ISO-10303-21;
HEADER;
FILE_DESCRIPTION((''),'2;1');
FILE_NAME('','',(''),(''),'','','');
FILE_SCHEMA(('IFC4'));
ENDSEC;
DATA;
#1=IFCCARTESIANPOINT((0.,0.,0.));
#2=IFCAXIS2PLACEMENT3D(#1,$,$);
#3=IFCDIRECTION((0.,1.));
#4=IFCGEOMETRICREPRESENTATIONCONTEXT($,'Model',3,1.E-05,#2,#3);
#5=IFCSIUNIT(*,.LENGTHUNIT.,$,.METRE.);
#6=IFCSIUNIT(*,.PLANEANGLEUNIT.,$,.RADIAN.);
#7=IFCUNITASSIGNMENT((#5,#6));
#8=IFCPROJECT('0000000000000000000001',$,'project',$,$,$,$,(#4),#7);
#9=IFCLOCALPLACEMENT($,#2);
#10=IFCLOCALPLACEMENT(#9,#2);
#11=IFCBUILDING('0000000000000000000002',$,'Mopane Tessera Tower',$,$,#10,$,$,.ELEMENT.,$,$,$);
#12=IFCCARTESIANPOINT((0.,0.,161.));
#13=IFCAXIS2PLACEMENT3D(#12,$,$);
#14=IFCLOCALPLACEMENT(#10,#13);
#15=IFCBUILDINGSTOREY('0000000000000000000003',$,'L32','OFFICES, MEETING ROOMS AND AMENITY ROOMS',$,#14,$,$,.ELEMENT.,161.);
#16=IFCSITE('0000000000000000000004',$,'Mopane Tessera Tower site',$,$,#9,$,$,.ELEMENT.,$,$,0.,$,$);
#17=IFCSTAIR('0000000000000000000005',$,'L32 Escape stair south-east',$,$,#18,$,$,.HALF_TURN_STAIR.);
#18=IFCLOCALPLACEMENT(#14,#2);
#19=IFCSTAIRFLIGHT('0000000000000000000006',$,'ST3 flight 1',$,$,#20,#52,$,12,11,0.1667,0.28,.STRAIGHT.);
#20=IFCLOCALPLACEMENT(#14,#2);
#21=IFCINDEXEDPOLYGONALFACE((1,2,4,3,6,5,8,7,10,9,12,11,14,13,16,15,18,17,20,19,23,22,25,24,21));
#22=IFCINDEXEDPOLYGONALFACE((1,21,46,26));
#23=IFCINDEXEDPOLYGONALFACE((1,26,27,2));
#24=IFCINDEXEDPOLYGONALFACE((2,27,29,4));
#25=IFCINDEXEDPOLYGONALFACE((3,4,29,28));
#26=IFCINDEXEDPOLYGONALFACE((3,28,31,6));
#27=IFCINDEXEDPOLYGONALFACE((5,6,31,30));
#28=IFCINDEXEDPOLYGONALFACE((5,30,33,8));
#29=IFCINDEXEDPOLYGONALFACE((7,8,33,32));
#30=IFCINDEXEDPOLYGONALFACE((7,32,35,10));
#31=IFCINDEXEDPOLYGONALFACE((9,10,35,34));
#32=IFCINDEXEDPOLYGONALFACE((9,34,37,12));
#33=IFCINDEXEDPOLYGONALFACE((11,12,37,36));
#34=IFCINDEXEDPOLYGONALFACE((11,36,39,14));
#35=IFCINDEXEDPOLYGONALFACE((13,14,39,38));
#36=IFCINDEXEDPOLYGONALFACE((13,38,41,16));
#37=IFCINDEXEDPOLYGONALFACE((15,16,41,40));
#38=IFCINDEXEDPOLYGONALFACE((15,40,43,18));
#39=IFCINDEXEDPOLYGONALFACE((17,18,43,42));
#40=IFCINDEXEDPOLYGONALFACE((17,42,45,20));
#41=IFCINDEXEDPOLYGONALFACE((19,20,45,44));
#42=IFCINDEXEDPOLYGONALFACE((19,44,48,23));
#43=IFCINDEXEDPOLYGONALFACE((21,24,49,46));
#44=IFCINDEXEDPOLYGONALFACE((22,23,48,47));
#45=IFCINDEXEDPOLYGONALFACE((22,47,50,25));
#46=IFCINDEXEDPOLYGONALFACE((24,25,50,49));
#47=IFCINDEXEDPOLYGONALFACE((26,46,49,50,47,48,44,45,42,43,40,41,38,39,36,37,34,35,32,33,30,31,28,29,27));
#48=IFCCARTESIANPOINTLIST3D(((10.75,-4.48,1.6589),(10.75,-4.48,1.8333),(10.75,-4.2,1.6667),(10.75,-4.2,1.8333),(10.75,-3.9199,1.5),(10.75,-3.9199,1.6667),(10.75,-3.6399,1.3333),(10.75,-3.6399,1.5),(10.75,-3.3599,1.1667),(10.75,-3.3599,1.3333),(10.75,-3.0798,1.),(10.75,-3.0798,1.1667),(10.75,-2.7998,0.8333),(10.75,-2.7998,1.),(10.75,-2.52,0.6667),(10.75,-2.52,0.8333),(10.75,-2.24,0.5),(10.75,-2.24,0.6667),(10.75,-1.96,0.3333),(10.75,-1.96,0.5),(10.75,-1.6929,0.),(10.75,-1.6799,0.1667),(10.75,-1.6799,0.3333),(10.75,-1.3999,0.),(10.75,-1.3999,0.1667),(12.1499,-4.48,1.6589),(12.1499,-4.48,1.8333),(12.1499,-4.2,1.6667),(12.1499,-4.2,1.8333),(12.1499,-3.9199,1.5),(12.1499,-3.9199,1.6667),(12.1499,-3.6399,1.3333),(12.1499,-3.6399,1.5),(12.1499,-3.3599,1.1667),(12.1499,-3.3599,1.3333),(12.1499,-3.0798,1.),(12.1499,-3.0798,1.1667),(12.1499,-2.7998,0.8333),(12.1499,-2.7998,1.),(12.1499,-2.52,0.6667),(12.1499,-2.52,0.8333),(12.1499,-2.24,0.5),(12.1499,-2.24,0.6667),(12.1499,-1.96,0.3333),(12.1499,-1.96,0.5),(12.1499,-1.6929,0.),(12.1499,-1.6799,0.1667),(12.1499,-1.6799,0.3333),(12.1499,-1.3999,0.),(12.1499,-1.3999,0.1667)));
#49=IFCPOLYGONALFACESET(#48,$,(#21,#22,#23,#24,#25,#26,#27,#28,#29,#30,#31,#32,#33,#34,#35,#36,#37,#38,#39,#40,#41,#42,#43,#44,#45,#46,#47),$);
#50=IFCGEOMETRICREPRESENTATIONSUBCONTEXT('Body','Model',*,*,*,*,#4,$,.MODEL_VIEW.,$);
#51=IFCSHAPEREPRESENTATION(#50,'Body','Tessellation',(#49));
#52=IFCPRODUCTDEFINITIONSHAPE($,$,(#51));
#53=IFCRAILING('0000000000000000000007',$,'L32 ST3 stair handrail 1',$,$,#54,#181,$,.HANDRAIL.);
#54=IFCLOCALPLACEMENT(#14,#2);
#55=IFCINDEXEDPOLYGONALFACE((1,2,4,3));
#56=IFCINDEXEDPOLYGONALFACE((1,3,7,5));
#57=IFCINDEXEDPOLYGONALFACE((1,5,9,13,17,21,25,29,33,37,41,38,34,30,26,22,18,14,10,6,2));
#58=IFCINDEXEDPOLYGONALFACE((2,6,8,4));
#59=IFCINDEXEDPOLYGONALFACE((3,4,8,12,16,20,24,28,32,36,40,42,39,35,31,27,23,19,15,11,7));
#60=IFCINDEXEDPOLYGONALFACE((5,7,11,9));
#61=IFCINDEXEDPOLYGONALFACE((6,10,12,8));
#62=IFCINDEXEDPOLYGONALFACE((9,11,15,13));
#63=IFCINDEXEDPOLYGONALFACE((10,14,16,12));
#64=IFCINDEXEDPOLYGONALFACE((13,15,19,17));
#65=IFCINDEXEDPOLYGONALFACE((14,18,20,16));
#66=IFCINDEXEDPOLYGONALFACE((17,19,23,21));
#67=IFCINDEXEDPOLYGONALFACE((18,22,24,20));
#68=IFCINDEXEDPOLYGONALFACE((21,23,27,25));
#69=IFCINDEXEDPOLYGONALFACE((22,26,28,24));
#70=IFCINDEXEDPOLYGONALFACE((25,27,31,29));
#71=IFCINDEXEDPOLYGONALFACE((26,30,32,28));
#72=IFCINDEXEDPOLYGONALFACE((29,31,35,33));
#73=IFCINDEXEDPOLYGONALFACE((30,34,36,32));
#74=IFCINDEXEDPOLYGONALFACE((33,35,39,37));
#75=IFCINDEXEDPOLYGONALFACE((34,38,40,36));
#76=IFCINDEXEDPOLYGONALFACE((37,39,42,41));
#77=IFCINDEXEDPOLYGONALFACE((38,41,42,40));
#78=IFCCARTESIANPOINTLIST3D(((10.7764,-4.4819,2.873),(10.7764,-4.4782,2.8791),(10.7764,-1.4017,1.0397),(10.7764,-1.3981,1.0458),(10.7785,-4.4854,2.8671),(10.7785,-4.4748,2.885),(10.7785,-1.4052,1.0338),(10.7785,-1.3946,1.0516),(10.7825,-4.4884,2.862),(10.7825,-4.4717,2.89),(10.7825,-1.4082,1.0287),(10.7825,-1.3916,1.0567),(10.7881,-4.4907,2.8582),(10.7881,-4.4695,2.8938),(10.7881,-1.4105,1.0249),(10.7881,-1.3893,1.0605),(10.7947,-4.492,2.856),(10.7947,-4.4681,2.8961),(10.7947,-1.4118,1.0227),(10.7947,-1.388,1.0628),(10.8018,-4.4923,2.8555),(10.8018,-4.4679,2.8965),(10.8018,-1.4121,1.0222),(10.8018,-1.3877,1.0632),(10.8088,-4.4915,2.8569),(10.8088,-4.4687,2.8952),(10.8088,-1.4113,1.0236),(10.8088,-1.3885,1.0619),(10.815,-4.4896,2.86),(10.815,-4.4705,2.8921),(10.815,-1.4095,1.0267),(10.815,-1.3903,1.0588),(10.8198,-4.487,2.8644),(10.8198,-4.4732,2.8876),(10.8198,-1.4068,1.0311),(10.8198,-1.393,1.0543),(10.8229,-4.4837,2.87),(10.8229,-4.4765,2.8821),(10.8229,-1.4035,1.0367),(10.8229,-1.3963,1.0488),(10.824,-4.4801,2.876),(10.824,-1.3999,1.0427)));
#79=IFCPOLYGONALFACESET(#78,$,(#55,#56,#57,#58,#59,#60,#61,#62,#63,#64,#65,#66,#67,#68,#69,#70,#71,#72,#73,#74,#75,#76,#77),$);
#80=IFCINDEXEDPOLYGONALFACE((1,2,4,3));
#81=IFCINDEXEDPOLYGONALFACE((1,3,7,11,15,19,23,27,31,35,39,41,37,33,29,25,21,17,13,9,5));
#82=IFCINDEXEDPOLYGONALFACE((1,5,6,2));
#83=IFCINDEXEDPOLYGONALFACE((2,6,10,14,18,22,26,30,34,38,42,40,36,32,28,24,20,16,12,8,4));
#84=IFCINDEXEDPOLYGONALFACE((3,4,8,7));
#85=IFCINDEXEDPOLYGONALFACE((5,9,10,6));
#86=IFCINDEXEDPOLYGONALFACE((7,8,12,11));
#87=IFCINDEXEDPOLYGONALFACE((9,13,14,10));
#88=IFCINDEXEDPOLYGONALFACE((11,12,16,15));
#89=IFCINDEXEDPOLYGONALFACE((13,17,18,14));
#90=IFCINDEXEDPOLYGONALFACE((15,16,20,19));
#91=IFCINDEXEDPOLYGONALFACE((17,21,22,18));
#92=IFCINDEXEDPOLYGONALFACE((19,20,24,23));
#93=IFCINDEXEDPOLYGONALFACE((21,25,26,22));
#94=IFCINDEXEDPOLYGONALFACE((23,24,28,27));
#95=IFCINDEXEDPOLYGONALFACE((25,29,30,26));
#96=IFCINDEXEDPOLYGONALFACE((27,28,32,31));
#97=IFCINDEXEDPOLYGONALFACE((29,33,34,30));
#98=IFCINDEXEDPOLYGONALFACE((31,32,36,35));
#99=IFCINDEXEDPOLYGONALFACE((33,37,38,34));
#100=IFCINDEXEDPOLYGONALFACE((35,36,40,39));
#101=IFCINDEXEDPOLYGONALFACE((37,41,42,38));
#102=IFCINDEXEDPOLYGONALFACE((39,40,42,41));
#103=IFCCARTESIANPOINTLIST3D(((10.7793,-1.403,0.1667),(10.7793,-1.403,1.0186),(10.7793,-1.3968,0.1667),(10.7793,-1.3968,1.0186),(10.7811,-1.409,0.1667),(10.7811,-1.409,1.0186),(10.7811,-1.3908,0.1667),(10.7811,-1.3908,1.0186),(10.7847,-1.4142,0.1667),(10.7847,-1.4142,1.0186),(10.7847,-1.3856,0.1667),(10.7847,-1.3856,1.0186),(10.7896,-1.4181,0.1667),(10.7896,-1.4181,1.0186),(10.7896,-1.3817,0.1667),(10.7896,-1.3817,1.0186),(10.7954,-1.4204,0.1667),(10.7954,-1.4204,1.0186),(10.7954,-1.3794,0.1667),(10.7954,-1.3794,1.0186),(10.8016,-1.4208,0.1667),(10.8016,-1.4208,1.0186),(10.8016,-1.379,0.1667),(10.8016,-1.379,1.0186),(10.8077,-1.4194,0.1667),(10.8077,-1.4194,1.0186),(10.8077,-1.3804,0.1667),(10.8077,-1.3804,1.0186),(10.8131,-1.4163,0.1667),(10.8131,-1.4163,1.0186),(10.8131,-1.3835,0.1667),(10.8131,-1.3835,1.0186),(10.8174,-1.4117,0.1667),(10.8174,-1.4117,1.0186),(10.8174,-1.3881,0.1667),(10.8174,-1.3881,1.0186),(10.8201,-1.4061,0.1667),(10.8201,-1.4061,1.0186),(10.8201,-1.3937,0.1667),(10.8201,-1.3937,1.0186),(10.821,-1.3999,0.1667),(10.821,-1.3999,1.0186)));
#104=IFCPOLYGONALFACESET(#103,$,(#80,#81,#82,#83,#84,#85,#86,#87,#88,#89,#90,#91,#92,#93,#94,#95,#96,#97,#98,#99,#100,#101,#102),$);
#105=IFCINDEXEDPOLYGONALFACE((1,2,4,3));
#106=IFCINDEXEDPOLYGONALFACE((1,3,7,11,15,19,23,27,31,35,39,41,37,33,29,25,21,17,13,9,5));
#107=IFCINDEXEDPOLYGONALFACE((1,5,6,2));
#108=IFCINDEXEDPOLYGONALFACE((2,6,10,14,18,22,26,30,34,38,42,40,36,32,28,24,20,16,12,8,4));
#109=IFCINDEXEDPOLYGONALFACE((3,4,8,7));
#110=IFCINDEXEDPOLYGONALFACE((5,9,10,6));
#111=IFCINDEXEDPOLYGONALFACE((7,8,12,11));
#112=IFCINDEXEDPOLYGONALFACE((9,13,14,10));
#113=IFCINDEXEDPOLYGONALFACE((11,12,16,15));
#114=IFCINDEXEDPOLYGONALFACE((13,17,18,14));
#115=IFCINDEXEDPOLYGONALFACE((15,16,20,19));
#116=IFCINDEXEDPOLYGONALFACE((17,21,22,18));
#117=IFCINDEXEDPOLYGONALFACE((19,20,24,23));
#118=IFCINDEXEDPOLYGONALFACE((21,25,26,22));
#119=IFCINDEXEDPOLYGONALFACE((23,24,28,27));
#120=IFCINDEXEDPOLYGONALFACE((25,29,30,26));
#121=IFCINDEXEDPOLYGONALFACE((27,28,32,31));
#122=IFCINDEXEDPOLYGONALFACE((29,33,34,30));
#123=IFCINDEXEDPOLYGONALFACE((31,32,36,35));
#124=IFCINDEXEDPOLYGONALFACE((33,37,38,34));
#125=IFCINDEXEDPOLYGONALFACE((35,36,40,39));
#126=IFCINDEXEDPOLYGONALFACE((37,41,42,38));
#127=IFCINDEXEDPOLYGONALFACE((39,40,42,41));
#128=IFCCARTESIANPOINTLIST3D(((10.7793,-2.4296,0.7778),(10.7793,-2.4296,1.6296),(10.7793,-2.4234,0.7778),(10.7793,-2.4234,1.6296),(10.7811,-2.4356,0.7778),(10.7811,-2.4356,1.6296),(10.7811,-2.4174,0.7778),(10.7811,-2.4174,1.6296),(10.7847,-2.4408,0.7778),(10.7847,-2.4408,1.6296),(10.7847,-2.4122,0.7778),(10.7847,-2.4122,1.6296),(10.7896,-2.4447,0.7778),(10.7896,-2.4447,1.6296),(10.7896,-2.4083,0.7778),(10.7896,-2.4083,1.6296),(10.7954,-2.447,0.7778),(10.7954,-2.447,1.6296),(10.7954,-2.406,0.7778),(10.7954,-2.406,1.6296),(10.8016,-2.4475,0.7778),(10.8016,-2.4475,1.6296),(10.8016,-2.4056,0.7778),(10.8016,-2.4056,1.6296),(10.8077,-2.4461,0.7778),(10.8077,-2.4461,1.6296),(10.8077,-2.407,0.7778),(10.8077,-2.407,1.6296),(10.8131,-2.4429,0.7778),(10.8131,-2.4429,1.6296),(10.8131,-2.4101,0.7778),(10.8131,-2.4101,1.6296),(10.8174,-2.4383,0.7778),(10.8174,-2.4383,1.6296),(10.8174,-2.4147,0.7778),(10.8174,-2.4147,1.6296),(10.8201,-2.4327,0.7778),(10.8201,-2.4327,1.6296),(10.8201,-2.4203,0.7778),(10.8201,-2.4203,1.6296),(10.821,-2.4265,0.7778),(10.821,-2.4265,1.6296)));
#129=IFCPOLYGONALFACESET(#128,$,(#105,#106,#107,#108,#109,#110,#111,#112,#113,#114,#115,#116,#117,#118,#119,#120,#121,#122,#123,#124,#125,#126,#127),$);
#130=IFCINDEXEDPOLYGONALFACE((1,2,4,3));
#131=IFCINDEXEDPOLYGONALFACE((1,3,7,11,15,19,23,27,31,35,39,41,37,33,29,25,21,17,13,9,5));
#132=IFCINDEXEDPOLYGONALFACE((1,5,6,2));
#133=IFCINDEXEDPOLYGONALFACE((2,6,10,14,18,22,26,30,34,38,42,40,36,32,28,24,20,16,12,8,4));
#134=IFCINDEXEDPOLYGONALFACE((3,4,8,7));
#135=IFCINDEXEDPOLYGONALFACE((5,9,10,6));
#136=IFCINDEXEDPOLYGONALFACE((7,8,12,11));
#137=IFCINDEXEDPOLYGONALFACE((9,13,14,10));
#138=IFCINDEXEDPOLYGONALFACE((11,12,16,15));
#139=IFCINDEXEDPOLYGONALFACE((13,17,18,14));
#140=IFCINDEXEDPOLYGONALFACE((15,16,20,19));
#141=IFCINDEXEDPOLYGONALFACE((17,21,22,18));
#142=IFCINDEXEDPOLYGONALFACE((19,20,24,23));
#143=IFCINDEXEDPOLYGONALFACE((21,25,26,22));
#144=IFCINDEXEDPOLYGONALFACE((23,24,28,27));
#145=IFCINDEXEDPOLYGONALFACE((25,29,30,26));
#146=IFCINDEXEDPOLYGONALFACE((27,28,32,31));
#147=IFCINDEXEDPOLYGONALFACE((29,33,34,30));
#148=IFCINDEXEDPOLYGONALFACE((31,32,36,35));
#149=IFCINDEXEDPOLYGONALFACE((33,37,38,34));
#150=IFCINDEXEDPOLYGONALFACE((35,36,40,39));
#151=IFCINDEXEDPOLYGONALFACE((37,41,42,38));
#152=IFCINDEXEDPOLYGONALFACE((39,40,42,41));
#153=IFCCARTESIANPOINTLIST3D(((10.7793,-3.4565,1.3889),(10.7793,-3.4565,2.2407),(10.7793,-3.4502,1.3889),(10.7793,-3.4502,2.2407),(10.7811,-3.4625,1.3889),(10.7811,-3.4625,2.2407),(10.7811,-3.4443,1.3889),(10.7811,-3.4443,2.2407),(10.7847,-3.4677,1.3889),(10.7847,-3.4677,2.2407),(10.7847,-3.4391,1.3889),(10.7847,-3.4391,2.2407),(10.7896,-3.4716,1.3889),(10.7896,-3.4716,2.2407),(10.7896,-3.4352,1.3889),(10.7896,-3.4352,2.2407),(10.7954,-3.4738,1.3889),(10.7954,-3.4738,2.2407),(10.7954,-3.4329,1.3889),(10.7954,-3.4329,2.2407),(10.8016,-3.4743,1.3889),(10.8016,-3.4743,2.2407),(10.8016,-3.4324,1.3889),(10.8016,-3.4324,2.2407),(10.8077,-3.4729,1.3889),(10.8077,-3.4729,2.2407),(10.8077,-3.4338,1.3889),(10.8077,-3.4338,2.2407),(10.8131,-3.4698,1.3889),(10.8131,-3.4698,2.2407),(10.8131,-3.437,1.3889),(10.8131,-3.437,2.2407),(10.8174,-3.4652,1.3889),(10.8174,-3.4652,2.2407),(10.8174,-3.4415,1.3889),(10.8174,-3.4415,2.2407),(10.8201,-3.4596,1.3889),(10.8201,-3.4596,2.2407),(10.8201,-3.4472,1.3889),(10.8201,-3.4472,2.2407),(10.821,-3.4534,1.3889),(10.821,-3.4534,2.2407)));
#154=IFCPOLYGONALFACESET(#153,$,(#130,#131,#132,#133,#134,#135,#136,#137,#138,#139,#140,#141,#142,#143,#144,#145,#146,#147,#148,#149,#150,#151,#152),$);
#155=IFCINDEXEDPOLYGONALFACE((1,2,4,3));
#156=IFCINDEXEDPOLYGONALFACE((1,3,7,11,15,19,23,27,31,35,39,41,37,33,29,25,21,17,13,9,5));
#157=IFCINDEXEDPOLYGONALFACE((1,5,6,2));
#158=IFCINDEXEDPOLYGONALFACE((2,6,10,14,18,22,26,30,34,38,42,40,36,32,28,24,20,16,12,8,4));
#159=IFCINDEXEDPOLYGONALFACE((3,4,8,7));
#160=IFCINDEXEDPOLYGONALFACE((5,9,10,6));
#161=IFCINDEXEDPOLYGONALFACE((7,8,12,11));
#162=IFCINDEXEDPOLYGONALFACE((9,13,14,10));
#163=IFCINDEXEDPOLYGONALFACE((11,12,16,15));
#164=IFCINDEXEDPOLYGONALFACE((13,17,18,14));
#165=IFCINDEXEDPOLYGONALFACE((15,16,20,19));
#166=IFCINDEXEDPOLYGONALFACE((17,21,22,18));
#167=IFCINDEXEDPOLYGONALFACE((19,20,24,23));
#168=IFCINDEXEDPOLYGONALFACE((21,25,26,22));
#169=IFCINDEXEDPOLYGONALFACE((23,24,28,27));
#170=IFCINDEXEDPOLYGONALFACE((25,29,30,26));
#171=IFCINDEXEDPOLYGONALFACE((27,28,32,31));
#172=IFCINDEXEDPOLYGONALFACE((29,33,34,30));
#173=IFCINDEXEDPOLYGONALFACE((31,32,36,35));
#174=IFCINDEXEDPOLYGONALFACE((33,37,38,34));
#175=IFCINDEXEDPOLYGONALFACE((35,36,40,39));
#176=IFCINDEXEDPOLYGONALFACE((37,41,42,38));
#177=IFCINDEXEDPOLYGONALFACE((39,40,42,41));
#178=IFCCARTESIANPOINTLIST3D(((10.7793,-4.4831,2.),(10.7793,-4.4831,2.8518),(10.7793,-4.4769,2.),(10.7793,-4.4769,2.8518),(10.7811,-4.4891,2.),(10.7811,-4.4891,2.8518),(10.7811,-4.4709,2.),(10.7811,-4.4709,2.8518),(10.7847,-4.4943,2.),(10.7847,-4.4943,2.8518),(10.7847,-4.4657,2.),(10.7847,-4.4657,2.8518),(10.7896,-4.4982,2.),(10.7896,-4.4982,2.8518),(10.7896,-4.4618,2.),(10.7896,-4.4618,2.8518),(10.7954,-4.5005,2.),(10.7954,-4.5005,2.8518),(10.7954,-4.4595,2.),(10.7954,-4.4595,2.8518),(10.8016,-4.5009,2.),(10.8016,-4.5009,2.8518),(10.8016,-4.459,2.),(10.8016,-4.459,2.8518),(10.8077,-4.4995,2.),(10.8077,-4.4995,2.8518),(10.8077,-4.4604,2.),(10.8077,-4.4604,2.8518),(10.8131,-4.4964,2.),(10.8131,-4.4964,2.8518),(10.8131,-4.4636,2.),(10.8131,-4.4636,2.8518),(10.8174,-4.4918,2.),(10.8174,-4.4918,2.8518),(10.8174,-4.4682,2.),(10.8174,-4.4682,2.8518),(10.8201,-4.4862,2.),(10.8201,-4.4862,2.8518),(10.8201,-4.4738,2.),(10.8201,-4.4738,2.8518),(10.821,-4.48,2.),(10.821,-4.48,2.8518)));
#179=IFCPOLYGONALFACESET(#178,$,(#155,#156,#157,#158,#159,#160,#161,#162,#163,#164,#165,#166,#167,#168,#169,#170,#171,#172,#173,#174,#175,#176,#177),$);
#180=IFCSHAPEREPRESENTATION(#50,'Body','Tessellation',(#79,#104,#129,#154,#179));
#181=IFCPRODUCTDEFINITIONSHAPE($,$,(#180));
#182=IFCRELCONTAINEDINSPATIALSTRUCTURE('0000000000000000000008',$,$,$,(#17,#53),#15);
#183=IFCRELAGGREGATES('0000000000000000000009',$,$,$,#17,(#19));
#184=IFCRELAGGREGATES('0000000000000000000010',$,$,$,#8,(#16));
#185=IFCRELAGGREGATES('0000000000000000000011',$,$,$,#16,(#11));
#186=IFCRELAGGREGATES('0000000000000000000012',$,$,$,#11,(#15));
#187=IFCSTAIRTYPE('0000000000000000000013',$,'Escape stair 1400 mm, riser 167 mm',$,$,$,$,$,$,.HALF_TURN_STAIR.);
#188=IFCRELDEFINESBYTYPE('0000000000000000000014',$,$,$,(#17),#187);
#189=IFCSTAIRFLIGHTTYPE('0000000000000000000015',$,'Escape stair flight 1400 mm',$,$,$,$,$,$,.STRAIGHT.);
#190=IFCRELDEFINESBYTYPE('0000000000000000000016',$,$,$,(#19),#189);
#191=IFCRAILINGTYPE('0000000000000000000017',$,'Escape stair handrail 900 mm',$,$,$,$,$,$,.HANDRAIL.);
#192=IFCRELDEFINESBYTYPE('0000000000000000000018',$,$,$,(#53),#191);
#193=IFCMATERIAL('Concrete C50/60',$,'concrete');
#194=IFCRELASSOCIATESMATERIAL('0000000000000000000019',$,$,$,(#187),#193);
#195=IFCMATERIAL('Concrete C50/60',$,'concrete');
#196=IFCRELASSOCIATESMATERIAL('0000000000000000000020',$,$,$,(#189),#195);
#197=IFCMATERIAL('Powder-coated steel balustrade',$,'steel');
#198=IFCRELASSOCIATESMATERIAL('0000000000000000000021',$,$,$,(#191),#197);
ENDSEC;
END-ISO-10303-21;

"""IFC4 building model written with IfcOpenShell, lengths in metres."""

from ifc_helpers import new_model, si_unit, direction, frame, origin, origin_2d, place, context, subcontext, project, spatial, polyline, circle, outline, extrude, material, type_object, element, aggregate, save


model = new_model("IFC4")

# Units and contexts
model_context = context("Model", 3, precision=1e-05, world=origin(), true_north=direction((0.0, 1.0)))
body_context = subcontext(model_context, "Body", "Model", "MODEL_VIEW")
ifc_project = project(units=[si_unit("LENGTHUNIT", "METRE"), si_unit("PLANEANGLEUNIT", "RADIAN")], contexts=[model_context])

# Site, building, storey
site_placement = place(None, origin())
site = spatial("IfcSite", under=ifc_project, at=site_placement, Name="Mopane Tessera Tower site", CompositionType="ELEMENT", RefElevation=0.0)
building_placement = place(site_placement, origin())
building = spatial("IfcBuilding", under=site, at=building_placement, Name="Mopane Tessera Tower", CompositionType="ELEMENT")
storey_placement = place(building_placement, frame((0.0, 0.0, 161.0)))
storey = spatial("IfcBuildingStorey", under=building, at=storey_placement, Name="L32", Description="OFFICES, MEETING ROOMS AND AMENITY ROOMS", CompositionType="ELEMENT", Elevation=161.0)

# Stair, stair flight
ifc_material_1 = material(Name="Concrete C50/60", Category="concrete")
stair_type = type_object("IfcStairType", Name="Escape stair 1400 mm, riser 167 mm", PredefinedType="HALF_TURN_STAIR", material=ifc_material_1)
stair_placement = place(storey_placement, origin())
stair = element("IfcStair", 1, at=stair_placement, inside=storey, type_object=stair_type, Name="L32 Escape stair south-east", PredefinedType="HALF_TURN_STAIR")
ifc_material_2 = material(Name="Concrete C50/60", Category="concrete")
stair_flight_type = type_object("IfcStairFlightType", Name="Escape stair flight 1400 mm", PredefinedType="STRAIGHT", material=ifc_material_2)
stair_flight_placement = place(storey_placement, frame((11.45, -1.3999, 0.0), z_axis=(0.0, 0.0, 1.0), x_axis=(0.0, -1.0, 0.0)))
stair_flight = element("IfcStairFlight", 2, at=stair_flight_placement, type_object=stair_flight_type, Name="ST3 flight 1", NumberOfRisers=12, NumberOfTreads=11, PredefinedType="STRAIGHT", RiserHeight=0.1667, TreadLength=0.28, context=body_context, shape_type="SweptSolid", body=[
    extrude(outline(polyline([(0.0, 0.0), (0.0, 0.1667), (0.28, 0.1667), (0.28, 0.3333), (0.5601, 0.3333), (0.5601, 0.5), (0.8401, 0.5), (0.8401, 0.6667), (1.1201, 0.6667), (1.1201, 0.8333), (1.3999, 0.8333), (1.3999, 1.0), (1.6799, 1.0), (1.6799, 1.1667), (1.96, 1.1667), (1.96, 1.3333), (2.24, 1.3333), (2.24, 1.5), (2.52, 1.5), (2.52, 1.6667), (2.8, 1.6667), (2.8, 1.8333), (3.0801, 1.8333), (3.0801, 2.0), (3.0801, 1.6589), (0.293, 0.0), (0.0, 0.0)])), frame((0.0, 0.7, 0.0), z_axis=(0.0, -1.0, 0.0), x_axis=(1.0, 0.0, 0.0)), (0.0, 0.0, 1.0), 1.3999),
])
aggregate(stair, [stair_flight])

# Railing
ifc_material_3 = material(Name="Powder-coated steel balustrade", Category="steel")
railing_type_1 = type_object("IfcRailingType", Name="Escape stair handrail 900 mm", PredefinedType="HANDRAIL", material=ifc_material_3)
railing_1_placement = place(storey_placement, frame((10.8, -1.3999, 0.1667)))
element("IfcRailing", 3, at=railing_1_placement, inside=storey, type_object=railing_type_1, Name="L32 ST3 stair handrail 1", PredefinedType="HANDRAIL", context=body_context, shape_type="SweptSolid", body=[
    extrude(circle(Radius=0.0239, at=origin_2d()), frame((0.0, 0.0, 0.876), z_axis=(0.0, -0.859309, 0.511458), x_axis=(1.0, 0.0, 0.0)), (0.0, 0.0, 1.0), 3.5845),
    extrude(circle(Radius=0.021, at=origin_2d()), origin(), (0.0, 0.0, 1.0), 0.8518),
    extrude(circle(Radius=0.021, at=origin_2d()), frame((0.0, -1.0266, 0.6111)), (0.0, 0.0, 1.0), 0.8518),
    extrude(circle(Radius=0.021, at=origin_2d()), frame((0.0, -2.0535, 1.2222)), (0.0, 0.0, 1.0), 0.8518),
    extrude(circle(Radius=0.021, at=origin_2d()), frame((0.0, -3.0801, 1.8333)), (0.0, 0.0, 1.0), 0.8518),
])

save(model, "model.ifc")
